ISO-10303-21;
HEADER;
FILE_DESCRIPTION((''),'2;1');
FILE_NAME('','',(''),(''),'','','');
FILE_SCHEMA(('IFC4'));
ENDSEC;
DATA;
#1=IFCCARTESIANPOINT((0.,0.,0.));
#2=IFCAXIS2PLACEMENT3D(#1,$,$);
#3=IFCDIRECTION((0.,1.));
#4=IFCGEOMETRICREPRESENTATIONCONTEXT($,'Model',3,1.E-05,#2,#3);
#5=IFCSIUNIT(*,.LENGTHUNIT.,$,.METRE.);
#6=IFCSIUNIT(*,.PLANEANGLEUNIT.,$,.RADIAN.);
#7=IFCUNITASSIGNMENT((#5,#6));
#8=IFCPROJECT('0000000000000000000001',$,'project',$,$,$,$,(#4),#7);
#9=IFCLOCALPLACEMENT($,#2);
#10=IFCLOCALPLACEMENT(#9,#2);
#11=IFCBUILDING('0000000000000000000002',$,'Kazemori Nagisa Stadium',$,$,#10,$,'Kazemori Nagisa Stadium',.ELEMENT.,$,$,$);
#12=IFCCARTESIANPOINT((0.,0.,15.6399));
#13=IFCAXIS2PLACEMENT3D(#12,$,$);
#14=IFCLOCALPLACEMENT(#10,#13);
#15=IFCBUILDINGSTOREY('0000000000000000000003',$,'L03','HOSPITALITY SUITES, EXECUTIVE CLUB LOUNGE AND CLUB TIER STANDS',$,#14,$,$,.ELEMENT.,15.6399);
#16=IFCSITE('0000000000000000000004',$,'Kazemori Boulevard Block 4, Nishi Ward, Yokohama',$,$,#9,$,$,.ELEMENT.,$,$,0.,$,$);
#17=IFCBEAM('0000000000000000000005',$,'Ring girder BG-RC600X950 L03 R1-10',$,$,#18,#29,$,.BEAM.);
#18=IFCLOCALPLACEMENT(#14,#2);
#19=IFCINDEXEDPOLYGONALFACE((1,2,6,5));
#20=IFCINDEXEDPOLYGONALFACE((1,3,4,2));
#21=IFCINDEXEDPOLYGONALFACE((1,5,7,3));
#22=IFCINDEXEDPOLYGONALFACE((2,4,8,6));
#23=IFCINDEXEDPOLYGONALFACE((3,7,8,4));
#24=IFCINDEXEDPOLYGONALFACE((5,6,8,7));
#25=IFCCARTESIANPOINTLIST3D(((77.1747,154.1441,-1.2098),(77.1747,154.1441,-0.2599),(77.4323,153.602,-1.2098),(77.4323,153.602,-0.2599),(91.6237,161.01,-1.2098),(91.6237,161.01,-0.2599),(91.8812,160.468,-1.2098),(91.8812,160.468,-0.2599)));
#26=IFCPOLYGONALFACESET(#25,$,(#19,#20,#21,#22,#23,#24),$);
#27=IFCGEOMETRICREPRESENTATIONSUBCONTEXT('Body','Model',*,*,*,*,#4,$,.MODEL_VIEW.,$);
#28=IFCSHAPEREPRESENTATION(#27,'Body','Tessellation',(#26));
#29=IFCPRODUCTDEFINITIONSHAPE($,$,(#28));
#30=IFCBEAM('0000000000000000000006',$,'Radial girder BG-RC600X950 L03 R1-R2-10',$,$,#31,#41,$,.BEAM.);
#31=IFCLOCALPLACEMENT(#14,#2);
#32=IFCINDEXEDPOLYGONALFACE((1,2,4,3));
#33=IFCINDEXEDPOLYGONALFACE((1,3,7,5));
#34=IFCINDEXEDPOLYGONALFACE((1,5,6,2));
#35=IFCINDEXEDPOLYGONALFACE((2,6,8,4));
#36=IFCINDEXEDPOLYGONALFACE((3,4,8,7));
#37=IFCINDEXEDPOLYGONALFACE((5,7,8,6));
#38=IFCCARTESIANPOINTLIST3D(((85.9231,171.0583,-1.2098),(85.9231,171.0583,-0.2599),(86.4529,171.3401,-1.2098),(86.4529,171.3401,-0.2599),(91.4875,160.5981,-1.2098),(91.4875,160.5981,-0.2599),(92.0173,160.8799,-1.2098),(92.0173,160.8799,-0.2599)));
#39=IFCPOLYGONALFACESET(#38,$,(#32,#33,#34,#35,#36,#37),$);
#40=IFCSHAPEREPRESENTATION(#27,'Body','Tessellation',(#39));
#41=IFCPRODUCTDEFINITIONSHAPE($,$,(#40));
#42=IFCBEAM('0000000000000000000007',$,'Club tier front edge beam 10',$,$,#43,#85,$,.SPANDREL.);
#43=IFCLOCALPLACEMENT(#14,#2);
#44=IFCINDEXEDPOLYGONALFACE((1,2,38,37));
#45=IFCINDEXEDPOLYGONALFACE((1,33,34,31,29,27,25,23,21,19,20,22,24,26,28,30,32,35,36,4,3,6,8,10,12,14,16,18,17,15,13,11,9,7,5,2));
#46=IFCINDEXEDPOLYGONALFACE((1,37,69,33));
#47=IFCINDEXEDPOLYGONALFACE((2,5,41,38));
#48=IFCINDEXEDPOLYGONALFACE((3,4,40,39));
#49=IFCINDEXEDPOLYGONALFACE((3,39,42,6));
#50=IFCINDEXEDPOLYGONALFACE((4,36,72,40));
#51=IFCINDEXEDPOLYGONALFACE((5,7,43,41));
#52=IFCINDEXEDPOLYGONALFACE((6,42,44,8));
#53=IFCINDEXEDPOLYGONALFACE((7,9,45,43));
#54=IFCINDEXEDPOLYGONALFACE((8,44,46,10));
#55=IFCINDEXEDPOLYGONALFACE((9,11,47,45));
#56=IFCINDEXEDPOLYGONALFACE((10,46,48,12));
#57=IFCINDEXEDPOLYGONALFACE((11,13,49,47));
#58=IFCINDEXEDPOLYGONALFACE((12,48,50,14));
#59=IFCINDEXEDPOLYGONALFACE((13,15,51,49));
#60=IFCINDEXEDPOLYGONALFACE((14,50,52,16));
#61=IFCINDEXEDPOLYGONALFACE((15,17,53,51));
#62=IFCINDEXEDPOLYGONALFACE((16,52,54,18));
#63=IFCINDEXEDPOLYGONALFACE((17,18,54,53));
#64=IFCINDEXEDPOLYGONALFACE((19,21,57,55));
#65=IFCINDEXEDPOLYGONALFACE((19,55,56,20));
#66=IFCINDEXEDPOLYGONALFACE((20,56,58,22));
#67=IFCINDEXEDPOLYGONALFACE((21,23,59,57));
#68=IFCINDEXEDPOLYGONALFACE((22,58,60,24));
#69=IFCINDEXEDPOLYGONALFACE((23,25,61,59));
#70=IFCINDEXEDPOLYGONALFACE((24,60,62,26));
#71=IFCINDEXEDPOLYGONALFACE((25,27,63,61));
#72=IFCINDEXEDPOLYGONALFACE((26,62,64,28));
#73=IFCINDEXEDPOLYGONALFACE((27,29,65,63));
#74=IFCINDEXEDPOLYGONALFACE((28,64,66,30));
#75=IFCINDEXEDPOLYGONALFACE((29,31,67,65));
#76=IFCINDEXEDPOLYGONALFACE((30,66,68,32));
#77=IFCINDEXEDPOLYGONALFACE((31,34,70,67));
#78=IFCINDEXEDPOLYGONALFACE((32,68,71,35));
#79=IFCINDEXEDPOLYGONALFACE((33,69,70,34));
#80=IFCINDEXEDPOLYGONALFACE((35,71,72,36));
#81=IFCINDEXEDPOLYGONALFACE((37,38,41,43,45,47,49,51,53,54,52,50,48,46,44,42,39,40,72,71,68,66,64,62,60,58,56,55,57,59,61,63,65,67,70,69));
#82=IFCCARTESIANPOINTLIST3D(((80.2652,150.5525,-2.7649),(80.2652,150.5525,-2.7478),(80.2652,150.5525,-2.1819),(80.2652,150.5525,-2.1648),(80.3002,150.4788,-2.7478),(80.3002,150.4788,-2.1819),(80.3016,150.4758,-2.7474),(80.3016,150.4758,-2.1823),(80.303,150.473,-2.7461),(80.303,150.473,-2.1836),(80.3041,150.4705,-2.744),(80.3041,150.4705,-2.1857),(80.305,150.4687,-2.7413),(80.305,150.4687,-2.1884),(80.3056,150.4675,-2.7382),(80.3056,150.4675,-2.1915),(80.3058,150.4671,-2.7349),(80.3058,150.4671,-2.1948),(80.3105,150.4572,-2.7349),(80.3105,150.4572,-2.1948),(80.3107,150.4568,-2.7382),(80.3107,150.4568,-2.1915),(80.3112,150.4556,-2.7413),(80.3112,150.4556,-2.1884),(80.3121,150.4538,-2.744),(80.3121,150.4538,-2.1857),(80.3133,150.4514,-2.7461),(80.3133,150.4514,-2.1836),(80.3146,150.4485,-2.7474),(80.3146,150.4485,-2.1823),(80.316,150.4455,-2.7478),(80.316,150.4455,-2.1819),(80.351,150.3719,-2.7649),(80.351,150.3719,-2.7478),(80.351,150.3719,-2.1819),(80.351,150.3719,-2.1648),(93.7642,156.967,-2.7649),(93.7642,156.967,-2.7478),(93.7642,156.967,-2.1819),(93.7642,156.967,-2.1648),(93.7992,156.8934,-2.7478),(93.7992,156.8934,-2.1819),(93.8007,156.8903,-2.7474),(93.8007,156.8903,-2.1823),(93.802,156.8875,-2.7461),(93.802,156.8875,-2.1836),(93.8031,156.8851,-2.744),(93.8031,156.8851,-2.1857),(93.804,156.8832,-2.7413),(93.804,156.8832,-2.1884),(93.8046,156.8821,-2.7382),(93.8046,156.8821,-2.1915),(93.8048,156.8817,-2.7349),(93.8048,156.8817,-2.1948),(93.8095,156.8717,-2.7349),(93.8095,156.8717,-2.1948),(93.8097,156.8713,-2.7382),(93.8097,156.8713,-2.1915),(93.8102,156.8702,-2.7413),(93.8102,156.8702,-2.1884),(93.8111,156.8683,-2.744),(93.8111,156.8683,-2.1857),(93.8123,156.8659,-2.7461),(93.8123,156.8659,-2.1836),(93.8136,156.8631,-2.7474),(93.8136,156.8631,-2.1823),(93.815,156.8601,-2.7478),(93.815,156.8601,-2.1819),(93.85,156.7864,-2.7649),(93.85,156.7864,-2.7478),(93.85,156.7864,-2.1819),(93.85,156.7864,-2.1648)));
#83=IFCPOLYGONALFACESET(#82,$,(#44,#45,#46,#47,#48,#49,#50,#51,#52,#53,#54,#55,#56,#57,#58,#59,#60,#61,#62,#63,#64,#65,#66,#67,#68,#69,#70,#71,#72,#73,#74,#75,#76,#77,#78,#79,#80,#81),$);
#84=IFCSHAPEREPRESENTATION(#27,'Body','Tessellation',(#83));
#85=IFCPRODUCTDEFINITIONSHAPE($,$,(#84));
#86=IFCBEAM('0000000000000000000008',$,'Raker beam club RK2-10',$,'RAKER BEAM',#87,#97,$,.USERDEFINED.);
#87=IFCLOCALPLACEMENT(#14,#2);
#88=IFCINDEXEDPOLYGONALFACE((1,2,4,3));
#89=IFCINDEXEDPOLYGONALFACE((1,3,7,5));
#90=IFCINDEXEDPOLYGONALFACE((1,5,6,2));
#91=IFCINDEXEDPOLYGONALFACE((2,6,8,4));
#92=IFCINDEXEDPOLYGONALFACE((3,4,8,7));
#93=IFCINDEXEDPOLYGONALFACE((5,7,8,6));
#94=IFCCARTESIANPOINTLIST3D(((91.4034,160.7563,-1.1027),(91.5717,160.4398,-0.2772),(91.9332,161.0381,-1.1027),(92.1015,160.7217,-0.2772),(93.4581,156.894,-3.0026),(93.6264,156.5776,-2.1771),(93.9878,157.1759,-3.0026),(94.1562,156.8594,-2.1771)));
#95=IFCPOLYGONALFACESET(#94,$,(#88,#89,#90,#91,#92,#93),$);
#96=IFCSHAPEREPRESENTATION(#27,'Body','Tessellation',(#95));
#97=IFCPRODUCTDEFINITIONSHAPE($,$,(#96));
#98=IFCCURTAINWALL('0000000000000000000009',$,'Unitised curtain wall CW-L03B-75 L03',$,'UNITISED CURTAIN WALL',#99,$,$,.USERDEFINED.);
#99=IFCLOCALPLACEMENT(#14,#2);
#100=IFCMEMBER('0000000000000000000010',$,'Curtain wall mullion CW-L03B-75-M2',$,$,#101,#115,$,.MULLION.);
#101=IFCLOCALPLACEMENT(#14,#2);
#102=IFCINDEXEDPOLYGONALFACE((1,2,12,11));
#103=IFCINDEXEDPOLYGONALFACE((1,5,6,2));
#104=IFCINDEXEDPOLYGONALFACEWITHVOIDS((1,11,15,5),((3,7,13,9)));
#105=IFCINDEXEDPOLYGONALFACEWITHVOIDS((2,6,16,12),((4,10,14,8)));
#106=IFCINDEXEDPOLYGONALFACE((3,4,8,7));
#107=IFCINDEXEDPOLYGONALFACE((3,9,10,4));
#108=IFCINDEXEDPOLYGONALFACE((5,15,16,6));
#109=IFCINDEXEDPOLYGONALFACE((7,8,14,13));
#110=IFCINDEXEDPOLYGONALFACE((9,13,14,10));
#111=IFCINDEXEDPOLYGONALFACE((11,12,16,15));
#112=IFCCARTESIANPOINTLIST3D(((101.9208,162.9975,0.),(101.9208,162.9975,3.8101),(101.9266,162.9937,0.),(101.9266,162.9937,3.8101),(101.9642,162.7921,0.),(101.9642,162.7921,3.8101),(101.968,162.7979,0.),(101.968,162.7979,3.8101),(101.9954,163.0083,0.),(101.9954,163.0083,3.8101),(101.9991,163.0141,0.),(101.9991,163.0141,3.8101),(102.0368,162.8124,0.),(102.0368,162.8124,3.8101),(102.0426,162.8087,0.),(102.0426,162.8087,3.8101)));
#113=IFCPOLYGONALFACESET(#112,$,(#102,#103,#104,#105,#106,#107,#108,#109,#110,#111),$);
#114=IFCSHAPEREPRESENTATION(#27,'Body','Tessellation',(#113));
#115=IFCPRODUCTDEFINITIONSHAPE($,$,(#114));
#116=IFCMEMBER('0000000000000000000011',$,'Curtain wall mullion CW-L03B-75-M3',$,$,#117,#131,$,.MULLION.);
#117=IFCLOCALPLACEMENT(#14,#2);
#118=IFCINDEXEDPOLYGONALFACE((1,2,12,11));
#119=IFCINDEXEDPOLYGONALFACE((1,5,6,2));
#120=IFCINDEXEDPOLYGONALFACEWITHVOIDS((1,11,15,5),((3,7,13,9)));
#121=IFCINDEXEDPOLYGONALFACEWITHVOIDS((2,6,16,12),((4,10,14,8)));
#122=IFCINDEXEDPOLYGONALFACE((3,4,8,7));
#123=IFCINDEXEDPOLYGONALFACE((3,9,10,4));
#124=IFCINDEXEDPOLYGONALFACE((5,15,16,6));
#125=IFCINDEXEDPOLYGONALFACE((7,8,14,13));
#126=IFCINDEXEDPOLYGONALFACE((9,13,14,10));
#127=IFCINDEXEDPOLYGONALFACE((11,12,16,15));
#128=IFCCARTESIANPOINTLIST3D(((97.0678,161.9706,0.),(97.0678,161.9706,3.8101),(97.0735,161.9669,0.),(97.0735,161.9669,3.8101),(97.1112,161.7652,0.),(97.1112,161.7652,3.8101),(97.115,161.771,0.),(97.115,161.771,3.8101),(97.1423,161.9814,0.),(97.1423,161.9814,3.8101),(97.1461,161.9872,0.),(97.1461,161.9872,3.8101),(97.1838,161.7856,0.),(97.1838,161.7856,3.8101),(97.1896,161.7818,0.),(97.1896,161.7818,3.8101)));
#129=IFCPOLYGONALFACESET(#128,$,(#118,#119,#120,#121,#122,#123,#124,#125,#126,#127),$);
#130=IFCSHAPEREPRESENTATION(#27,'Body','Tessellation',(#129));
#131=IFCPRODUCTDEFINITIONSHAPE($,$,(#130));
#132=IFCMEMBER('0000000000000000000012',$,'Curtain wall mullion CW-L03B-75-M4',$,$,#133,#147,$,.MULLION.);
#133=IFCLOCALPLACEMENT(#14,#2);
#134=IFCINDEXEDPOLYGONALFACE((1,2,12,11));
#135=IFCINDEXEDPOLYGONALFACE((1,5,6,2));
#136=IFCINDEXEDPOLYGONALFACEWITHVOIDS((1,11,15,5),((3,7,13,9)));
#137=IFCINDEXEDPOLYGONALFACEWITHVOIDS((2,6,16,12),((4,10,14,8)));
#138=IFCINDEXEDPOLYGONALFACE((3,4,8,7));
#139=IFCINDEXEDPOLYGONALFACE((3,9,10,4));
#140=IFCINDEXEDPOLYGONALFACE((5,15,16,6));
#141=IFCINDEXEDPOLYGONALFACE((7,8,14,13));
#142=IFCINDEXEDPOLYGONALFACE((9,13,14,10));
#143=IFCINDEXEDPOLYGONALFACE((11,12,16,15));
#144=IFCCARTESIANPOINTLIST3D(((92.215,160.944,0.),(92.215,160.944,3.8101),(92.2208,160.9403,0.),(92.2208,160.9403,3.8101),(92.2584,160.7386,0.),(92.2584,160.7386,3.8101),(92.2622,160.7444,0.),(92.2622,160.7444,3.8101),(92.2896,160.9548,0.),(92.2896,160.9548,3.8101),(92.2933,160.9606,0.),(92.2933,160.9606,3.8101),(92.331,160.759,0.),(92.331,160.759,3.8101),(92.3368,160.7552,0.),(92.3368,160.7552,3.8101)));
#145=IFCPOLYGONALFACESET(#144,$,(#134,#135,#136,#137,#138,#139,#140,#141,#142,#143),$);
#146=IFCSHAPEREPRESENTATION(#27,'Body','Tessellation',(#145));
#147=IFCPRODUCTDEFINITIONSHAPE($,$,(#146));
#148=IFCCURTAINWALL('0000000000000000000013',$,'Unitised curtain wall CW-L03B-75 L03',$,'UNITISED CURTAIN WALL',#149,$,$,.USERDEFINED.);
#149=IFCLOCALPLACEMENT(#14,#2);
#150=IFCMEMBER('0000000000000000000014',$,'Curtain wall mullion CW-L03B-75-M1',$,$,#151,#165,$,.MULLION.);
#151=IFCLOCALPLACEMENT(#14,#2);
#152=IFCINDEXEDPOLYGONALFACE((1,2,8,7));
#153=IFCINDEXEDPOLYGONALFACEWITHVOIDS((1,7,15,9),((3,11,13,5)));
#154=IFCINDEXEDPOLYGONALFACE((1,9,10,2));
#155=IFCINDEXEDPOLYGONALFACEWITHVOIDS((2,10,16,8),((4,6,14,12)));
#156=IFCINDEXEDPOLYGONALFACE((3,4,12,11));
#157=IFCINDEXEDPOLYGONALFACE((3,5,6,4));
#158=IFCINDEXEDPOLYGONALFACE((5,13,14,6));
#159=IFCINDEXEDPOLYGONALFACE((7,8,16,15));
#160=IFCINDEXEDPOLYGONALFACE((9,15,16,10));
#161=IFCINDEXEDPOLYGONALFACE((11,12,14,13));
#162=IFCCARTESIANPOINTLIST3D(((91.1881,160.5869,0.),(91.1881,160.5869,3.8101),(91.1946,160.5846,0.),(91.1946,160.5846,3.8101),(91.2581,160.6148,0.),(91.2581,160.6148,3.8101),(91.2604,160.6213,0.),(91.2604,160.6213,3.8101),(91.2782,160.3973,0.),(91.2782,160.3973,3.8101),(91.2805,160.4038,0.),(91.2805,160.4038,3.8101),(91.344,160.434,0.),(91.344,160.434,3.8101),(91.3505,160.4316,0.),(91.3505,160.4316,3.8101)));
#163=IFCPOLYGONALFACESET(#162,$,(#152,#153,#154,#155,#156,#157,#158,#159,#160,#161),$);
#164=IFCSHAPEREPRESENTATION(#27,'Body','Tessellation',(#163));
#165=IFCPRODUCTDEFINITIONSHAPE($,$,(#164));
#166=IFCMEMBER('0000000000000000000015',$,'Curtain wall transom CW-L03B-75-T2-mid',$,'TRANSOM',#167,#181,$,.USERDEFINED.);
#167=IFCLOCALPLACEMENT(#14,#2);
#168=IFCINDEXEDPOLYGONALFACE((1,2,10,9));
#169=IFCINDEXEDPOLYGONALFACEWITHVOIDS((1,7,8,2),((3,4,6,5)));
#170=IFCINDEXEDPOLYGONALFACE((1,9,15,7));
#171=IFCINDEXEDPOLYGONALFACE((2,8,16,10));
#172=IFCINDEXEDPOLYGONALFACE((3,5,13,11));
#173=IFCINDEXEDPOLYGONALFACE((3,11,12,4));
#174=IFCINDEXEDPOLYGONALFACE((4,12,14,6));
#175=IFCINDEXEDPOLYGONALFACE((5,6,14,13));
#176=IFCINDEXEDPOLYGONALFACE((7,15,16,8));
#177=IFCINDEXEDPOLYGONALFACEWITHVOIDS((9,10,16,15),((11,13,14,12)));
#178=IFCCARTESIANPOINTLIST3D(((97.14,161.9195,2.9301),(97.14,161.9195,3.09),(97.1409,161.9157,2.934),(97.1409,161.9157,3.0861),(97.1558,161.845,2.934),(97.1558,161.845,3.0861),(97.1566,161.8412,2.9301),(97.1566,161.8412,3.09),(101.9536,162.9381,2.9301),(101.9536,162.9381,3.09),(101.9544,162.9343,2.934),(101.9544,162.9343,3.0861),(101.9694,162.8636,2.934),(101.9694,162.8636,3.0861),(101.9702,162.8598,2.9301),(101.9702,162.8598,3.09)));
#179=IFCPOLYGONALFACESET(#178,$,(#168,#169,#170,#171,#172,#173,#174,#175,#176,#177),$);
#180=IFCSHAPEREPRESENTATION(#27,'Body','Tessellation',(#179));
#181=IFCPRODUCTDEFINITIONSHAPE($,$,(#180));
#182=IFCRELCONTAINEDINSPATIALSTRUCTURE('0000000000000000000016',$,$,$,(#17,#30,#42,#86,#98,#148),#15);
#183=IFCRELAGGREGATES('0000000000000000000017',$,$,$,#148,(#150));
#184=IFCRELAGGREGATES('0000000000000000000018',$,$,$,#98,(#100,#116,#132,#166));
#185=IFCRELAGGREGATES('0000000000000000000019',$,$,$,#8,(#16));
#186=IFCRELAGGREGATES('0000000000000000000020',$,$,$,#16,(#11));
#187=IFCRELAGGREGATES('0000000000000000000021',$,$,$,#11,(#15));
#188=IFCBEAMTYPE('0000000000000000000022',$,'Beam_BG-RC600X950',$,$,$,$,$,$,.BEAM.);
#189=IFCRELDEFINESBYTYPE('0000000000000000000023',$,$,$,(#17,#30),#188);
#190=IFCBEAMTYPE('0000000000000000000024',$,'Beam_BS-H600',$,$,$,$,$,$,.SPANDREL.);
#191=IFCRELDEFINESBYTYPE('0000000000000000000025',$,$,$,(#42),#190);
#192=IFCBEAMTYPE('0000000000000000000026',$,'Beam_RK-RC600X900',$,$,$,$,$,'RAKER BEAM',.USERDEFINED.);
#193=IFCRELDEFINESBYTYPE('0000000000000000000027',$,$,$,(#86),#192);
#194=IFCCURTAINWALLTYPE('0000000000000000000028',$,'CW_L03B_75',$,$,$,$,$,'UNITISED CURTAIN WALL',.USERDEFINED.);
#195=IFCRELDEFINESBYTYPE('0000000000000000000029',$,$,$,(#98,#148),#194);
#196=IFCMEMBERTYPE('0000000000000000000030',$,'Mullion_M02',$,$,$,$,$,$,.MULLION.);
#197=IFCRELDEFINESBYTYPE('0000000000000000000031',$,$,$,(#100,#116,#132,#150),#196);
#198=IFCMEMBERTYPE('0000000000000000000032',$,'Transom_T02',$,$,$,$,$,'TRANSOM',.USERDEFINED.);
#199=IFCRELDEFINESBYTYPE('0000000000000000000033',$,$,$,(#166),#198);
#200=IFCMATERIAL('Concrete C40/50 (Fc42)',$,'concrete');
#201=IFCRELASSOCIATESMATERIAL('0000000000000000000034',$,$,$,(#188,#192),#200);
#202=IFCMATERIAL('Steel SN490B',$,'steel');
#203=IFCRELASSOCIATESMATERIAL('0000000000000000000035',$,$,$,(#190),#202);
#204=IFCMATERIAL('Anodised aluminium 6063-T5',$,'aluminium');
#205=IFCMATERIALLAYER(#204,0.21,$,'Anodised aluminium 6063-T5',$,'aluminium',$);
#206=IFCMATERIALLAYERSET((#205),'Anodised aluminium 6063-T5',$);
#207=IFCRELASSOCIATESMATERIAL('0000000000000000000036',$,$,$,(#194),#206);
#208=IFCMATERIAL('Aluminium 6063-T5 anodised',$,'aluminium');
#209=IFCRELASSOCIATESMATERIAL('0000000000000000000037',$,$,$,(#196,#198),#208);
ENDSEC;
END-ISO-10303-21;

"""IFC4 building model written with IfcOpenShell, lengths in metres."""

from ifc_helpers import new_model, si_unit, direction, frame, origin, origin_2d, place, context, subcontext, project, spatial, rectangle, hollow_rectangle, i_section, extrude, material, layer, layer_set, material_profile, profile_set, type_object, element, aggregate, save


model = new_model("IFC4")

# Units and contexts
model_context = context("Model", 3, precision=1e-05, world=origin(), true_north=direction((0.0, 1.0)))
body_context = subcontext(model_context, "Body", "Model", "MODEL_VIEW")
ifc_project = project(units=[si_unit("LENGTHUNIT", "METRE"), si_unit("PLANEANGLEUNIT", "RADIAN")], contexts=[model_context])

# Site, building, storey
site_placement = place(None, origin())
site = spatial("IfcSite", under=ifc_project, at=site_placement, Name="Kazemori Boulevard Block 4, Nishi Ward, Yokohama", CompositionType="ELEMENT", RefElevation=0.0)
building_placement = place(site_placement, origin())
building = spatial("IfcBuilding", under=site, at=building_placement, Name="Kazemori Nagisa Stadium", LongName="Kazemori Nagisa Stadium", CompositionType="ELEMENT")
storey_placement = place(building_placement, frame((0.0, 0.0, 15.6399)))
storey = spatial("IfcBuildingStorey", under=building, at=storey_placement, Name="L03", Description="HOSPITALITY SUITES, EXECUTIVE CLUB LOUNGE AND CLUB TIER STANDS", CompositionType="ELEMENT", Elevation=15.6399)

# Shared definitions
ifc_material_1 = material(Name="Concrete C40/50 (Fc42)", Category="concrete")

# Beams
ifc_material_profile_1 = material_profile(ifc_material_1, rectangle(XDim=0.6001, YDim=0.95, at=origin_2d()), Name="RC-BM-600x950")
ifc_profile_set_1 = profile_set([ifc_material_profile_1], Name="Concrete C40/50 (Fc42)")
beam_type_1 = type_object("IfcBeamType", Name="Beam_BG-RC600X950", PredefinedType="BEAM", material=ifc_profile_set_1)
beam_1_placement = place(storey_placement, frame((91.7524, 160.739, -0.7349), z_axis=(-0.903212, -0.429195, 0.0), x_axis=(0.429195, -0.903212, 0.0)))
element("IfcBeam", 1, at=beam_1_placement, inside=storey, type_object=beam_type_1, Name="Ring girder BG-RC600X950 L03 R1-10", PredefinedType="BEAM", context=body_context, shape_type="SweptSolid", body=[
    extrude(rectangle(XDim=0.6001, YDim=0.95, at=origin_2d()), origin(), (0.0, 0.0, 1.0), 15.9973),
])
beam_2_placement = place(storey_placement, frame((91.7524, 160.739, -0.7349), z_axis=(-0.469647, 0.882854, 0.0), x_axis=(-0.882854, -0.469647, 0.0)))
element("IfcBeam", 2, at=beam_2_placement, inside=storey, type_object=beam_type_1, Name="Radial girder BG-RC600X950 L03 R1-R2-10", PredefinedType="BEAM", context=body_context, shape_type="SweptSolid", body=[
    extrude(rectangle(XDim=0.6001, YDim=0.95, at=origin_2d()), origin(), (0.0, 0.0, 1.0), 11.8481),
])
ifc_material_2 = material(Name="Steel SN490B", Category="steel")
ifc_material_profile_2 = material_profile(ifc_material_2, i_section(OverallWidth=0.2, OverallDepth=0.6001, WebThickness=0.011, FlangeThickness=0.0171, FilletRadius=0.0129, at=origin_2d()), Name="H-600x200x11x17")
ifc_profile_set_2 = profile_set([ifc_material_profile_2], Name="Steel SN490B")
beam_type_2 = type_object("IfcBeamType", Name="Beam_BS-H600", PredefinedType="SPANDREL", material=ifc_profile_set_2)
beam_3_placement = place(storey_placement, frame((93.8071, 156.8767, -2.4648), z_axis=(-0.903212, -0.429194, 0.0), x_axis=(0.429194, -0.903212, 0.0)))
element("IfcBeam", 3, at=beam_3_placement, inside=storey, type_object=beam_type_2, Name="Club tier front edge beam 10", PredefinedType="SPANDREL", context=body_context, shape_type="SweptSolid", body=[
    extrude(i_section(OverallWidth=0.2, OverallDepth=0.6001, WebThickness=0.011, FlangeThickness=0.0171, FilletRadius=0.0129, at=origin_2d()), origin(), (0.0, 0.0, 1.0), 14.9456),
])
ifc_material_profile_3 = material_profile(ifc_material_1, rectangle(XDim=0.6001, YDim=0.8999, at=origin_2d()), Name="RC-RK-600x900")
ifc_profile_set_3 = profile_set([ifc_material_profile_3], Name="Concrete C40/50 (Fc42)")
beam_type_3 = type_object("IfcBeamType", Name="Beam_RK-RC600X900", ElementType="RAKER BEAM", PredefinedType="USERDEFINED", material=ifc_profile_set_3)
beam_4_placement = place(storey_placement, frame((93.8071, 156.8767, -2.5898), z_axis=(-0.430791, 0.809781, 0.398339), x_axis=(-0.882847, -0.469661, 0.0)))
element("IfcBeam", 4, at=beam_4_placement, inside=storey, type_object=beam_type_3, Name="Raker beam club RK2-10", ObjectType="RAKER BEAM", PredefinedType="USERDEFINED", context=body_context, shape_type="SweptSolid", body=[
    extrude(rectangle(XDim=0.6001, YDim=0.8999, at=origin_2d()), origin(), (0.0, 0.0, 1.0), 4.7695),
])

# Curtain wall, members
ifc_material_3 = material(Name="Anodised aluminium 6063-T5", Category="aluminium")
ifc_layer_1 = layer(ifc_material_3, 0.21, Name="Anodised aluminium 6063-T5", Category="aluminium")
ifc_layer_set_1 = layer_set([ifc_layer_1], Name="Anodised aluminium 6063-T5")
curtain_wall_type = type_object("IfcCurtainWallType", Name="CW_L03B_75", ElementType="UNITISED CURTAIN WALL", PredefinedType="USERDEFINED", material=ifc_layer_set_1)
curtain_wall_1_placement = place(storey_placement, origin())
curtain_wall_1 = element("IfcCurtainWall", 5, at=curtain_wall_1_placement, inside=storey, type_object=curtain_wall_type, Name="Unitised curtain wall CW-L03B-75 L03", ObjectType="UNITISED CURTAIN WALL", PredefinedType="USERDEFINED")
ifc_material_4 = material(Name="Aluminium 6063-T5 anodised", Category="aluminium")
ifc_material_profile_4 = material_profile(ifc_material_4, hollow_rectangle(XDim=0.0801, YDim=0.21, WallThickness=0.0049, at=origin_2d()), Name="ALU-MULL-80x210x5")
ifc_profile_set_4 = profile_set([ifc_material_profile_4], Name="Aluminium 6063-T5 anodised")
member_type_1 = type_object("IfcMemberType", Name="Mullion_M02", PredefinedType="MULLION", material=ifc_profile_set_4)
member_1_placement = place(storey_placement, frame((101.9817, 162.9031, 0.0), z_axis=(0.0, 0.0, 1.0), x_axis=(-0.978345, -0.206981, 0.0)))
member_1 = element("IfcMember", 6, at=member_1_placement, type_object=member_type_1, Name="Curtain wall mullion CW-L03B-75-M2", PredefinedType="MULLION", context=body_context, shape_type="SweptSolid", body=[
    extrude(hollow_rectangle(XDim=0.0801, YDim=0.21, WallThickness=0.0049, at=origin_2d()), origin(), (0.0, 0.0, 1.0), 3.8101),
])
member_2_placement = place(storey_placement, frame((97.1287, 161.8762, 0.0), z_axis=(0.0, 0.0, 1.0), x_axis=(-0.978345, -0.206981, 0.0)))
member_2 = element("IfcMember", 7, at=member_2_placement, type_object=member_type_1, Name="Curtain wall mullion CW-L03B-75-M3", PredefinedType="MULLION", context=body_context, shape_type="SweptSolid", body=[
    extrude(hollow_rectangle(XDim=0.0801, YDim=0.21, WallThickness=0.0049, at=origin_2d()), origin(), (0.0, 0.0, 1.0), 3.8101),
])
member_3_placement = place(storey_placement, frame((92.2759, 160.8496, 0.0), z_axis=(0.0, 0.0, 1.0), x_axis=(-0.978345, -0.206981, 0.0)))
member_3 = element("IfcMember", 8, at=member_3_placement, type_object=member_type_1, Name="Curtain wall mullion CW-L03B-75-M4", PredefinedType="MULLION", context=body_context, shape_type="SweptSolid", body=[
    extrude(hollow_rectangle(XDim=0.0801, YDim=0.21, WallThickness=0.0049, at=origin_2d()), origin(), (0.0, 0.0, 1.0), 3.8101),
])

# Curtain wall, member
curtain_wall_2_placement = place(storey_placement, origin())
curtain_wall_2 = element("IfcCurtainWall", 9, at=curtain_wall_2_placement, inside=storey, type_object=curtain_wall_type, Name="Unitised curtain wall CW-L03B-75 L03", ObjectType="UNITISED CURTAIN WALL", PredefinedType="USERDEFINED")
member_4_placement = place(storey_placement, frame((91.2693, 160.5093, 0.0), z_axis=(0.0, 0.0, 1.0), x_axis=(-0.903216, -0.429186, 0.0)))
member_4 = element("IfcMember", 10, at=member_4_placement, type_object=member_type_1, Name="Curtain wall mullion CW-L03B-75-M1", PredefinedType="MULLION", context=body_context, shape_type="SweptSolid", body=[
    extrude(hollow_rectangle(XDim=0.0801, YDim=0.21, WallThickness=0.0049, at=origin_2d()), origin(), (0.0, 0.0, 1.0), 3.8101),
])

# Member
ifc_material_profile_5 = material_profile(ifc_material_4, hollow_rectangle(XDim=0.0801, YDim=0.1599, WallThickness=0.0039, at=origin_2d()), Name="ALU-TRAN-80x160x4")
ifc_profile_set_5 = profile_set([ifc_material_profile_5], Name="Aluminium 6063-T5 anodised")
member_type_2 = type_object("IfcMemberType", Name="Transom_T02", ElementType="TRANSOM", PredefinedType="USERDEFINED", material=ifc_profile_set_5)
member_5_placement = place(storey_placement, frame((101.9619, 162.8989, 3.01), z_axis=(-0.978337, -0.207021, 0.0), x_axis=(0.207021, -0.978337, 0.0)))
member_5 = element("IfcMember", 11, at=member_5_placement, type_object=member_type_2, Name="Curtain wall transom CW-L03B-75-T2-mid", ObjectType="TRANSOM", PredefinedType="USERDEFINED", context=body_context, shape_type="SweptSolid", body=[
    extrude(hollow_rectangle(XDim=0.0801, YDim=0.1599, WallThickness=0.0039, at=origin_2d()), origin(), (0.0, 0.0, 1.0), 4.9202),
])
aggregate(curtain_wall_2, [member_4])

aggregate(curtain_wall_1, [member_1, member_2, member_3, member_5])

save(model, "model.ifc")
